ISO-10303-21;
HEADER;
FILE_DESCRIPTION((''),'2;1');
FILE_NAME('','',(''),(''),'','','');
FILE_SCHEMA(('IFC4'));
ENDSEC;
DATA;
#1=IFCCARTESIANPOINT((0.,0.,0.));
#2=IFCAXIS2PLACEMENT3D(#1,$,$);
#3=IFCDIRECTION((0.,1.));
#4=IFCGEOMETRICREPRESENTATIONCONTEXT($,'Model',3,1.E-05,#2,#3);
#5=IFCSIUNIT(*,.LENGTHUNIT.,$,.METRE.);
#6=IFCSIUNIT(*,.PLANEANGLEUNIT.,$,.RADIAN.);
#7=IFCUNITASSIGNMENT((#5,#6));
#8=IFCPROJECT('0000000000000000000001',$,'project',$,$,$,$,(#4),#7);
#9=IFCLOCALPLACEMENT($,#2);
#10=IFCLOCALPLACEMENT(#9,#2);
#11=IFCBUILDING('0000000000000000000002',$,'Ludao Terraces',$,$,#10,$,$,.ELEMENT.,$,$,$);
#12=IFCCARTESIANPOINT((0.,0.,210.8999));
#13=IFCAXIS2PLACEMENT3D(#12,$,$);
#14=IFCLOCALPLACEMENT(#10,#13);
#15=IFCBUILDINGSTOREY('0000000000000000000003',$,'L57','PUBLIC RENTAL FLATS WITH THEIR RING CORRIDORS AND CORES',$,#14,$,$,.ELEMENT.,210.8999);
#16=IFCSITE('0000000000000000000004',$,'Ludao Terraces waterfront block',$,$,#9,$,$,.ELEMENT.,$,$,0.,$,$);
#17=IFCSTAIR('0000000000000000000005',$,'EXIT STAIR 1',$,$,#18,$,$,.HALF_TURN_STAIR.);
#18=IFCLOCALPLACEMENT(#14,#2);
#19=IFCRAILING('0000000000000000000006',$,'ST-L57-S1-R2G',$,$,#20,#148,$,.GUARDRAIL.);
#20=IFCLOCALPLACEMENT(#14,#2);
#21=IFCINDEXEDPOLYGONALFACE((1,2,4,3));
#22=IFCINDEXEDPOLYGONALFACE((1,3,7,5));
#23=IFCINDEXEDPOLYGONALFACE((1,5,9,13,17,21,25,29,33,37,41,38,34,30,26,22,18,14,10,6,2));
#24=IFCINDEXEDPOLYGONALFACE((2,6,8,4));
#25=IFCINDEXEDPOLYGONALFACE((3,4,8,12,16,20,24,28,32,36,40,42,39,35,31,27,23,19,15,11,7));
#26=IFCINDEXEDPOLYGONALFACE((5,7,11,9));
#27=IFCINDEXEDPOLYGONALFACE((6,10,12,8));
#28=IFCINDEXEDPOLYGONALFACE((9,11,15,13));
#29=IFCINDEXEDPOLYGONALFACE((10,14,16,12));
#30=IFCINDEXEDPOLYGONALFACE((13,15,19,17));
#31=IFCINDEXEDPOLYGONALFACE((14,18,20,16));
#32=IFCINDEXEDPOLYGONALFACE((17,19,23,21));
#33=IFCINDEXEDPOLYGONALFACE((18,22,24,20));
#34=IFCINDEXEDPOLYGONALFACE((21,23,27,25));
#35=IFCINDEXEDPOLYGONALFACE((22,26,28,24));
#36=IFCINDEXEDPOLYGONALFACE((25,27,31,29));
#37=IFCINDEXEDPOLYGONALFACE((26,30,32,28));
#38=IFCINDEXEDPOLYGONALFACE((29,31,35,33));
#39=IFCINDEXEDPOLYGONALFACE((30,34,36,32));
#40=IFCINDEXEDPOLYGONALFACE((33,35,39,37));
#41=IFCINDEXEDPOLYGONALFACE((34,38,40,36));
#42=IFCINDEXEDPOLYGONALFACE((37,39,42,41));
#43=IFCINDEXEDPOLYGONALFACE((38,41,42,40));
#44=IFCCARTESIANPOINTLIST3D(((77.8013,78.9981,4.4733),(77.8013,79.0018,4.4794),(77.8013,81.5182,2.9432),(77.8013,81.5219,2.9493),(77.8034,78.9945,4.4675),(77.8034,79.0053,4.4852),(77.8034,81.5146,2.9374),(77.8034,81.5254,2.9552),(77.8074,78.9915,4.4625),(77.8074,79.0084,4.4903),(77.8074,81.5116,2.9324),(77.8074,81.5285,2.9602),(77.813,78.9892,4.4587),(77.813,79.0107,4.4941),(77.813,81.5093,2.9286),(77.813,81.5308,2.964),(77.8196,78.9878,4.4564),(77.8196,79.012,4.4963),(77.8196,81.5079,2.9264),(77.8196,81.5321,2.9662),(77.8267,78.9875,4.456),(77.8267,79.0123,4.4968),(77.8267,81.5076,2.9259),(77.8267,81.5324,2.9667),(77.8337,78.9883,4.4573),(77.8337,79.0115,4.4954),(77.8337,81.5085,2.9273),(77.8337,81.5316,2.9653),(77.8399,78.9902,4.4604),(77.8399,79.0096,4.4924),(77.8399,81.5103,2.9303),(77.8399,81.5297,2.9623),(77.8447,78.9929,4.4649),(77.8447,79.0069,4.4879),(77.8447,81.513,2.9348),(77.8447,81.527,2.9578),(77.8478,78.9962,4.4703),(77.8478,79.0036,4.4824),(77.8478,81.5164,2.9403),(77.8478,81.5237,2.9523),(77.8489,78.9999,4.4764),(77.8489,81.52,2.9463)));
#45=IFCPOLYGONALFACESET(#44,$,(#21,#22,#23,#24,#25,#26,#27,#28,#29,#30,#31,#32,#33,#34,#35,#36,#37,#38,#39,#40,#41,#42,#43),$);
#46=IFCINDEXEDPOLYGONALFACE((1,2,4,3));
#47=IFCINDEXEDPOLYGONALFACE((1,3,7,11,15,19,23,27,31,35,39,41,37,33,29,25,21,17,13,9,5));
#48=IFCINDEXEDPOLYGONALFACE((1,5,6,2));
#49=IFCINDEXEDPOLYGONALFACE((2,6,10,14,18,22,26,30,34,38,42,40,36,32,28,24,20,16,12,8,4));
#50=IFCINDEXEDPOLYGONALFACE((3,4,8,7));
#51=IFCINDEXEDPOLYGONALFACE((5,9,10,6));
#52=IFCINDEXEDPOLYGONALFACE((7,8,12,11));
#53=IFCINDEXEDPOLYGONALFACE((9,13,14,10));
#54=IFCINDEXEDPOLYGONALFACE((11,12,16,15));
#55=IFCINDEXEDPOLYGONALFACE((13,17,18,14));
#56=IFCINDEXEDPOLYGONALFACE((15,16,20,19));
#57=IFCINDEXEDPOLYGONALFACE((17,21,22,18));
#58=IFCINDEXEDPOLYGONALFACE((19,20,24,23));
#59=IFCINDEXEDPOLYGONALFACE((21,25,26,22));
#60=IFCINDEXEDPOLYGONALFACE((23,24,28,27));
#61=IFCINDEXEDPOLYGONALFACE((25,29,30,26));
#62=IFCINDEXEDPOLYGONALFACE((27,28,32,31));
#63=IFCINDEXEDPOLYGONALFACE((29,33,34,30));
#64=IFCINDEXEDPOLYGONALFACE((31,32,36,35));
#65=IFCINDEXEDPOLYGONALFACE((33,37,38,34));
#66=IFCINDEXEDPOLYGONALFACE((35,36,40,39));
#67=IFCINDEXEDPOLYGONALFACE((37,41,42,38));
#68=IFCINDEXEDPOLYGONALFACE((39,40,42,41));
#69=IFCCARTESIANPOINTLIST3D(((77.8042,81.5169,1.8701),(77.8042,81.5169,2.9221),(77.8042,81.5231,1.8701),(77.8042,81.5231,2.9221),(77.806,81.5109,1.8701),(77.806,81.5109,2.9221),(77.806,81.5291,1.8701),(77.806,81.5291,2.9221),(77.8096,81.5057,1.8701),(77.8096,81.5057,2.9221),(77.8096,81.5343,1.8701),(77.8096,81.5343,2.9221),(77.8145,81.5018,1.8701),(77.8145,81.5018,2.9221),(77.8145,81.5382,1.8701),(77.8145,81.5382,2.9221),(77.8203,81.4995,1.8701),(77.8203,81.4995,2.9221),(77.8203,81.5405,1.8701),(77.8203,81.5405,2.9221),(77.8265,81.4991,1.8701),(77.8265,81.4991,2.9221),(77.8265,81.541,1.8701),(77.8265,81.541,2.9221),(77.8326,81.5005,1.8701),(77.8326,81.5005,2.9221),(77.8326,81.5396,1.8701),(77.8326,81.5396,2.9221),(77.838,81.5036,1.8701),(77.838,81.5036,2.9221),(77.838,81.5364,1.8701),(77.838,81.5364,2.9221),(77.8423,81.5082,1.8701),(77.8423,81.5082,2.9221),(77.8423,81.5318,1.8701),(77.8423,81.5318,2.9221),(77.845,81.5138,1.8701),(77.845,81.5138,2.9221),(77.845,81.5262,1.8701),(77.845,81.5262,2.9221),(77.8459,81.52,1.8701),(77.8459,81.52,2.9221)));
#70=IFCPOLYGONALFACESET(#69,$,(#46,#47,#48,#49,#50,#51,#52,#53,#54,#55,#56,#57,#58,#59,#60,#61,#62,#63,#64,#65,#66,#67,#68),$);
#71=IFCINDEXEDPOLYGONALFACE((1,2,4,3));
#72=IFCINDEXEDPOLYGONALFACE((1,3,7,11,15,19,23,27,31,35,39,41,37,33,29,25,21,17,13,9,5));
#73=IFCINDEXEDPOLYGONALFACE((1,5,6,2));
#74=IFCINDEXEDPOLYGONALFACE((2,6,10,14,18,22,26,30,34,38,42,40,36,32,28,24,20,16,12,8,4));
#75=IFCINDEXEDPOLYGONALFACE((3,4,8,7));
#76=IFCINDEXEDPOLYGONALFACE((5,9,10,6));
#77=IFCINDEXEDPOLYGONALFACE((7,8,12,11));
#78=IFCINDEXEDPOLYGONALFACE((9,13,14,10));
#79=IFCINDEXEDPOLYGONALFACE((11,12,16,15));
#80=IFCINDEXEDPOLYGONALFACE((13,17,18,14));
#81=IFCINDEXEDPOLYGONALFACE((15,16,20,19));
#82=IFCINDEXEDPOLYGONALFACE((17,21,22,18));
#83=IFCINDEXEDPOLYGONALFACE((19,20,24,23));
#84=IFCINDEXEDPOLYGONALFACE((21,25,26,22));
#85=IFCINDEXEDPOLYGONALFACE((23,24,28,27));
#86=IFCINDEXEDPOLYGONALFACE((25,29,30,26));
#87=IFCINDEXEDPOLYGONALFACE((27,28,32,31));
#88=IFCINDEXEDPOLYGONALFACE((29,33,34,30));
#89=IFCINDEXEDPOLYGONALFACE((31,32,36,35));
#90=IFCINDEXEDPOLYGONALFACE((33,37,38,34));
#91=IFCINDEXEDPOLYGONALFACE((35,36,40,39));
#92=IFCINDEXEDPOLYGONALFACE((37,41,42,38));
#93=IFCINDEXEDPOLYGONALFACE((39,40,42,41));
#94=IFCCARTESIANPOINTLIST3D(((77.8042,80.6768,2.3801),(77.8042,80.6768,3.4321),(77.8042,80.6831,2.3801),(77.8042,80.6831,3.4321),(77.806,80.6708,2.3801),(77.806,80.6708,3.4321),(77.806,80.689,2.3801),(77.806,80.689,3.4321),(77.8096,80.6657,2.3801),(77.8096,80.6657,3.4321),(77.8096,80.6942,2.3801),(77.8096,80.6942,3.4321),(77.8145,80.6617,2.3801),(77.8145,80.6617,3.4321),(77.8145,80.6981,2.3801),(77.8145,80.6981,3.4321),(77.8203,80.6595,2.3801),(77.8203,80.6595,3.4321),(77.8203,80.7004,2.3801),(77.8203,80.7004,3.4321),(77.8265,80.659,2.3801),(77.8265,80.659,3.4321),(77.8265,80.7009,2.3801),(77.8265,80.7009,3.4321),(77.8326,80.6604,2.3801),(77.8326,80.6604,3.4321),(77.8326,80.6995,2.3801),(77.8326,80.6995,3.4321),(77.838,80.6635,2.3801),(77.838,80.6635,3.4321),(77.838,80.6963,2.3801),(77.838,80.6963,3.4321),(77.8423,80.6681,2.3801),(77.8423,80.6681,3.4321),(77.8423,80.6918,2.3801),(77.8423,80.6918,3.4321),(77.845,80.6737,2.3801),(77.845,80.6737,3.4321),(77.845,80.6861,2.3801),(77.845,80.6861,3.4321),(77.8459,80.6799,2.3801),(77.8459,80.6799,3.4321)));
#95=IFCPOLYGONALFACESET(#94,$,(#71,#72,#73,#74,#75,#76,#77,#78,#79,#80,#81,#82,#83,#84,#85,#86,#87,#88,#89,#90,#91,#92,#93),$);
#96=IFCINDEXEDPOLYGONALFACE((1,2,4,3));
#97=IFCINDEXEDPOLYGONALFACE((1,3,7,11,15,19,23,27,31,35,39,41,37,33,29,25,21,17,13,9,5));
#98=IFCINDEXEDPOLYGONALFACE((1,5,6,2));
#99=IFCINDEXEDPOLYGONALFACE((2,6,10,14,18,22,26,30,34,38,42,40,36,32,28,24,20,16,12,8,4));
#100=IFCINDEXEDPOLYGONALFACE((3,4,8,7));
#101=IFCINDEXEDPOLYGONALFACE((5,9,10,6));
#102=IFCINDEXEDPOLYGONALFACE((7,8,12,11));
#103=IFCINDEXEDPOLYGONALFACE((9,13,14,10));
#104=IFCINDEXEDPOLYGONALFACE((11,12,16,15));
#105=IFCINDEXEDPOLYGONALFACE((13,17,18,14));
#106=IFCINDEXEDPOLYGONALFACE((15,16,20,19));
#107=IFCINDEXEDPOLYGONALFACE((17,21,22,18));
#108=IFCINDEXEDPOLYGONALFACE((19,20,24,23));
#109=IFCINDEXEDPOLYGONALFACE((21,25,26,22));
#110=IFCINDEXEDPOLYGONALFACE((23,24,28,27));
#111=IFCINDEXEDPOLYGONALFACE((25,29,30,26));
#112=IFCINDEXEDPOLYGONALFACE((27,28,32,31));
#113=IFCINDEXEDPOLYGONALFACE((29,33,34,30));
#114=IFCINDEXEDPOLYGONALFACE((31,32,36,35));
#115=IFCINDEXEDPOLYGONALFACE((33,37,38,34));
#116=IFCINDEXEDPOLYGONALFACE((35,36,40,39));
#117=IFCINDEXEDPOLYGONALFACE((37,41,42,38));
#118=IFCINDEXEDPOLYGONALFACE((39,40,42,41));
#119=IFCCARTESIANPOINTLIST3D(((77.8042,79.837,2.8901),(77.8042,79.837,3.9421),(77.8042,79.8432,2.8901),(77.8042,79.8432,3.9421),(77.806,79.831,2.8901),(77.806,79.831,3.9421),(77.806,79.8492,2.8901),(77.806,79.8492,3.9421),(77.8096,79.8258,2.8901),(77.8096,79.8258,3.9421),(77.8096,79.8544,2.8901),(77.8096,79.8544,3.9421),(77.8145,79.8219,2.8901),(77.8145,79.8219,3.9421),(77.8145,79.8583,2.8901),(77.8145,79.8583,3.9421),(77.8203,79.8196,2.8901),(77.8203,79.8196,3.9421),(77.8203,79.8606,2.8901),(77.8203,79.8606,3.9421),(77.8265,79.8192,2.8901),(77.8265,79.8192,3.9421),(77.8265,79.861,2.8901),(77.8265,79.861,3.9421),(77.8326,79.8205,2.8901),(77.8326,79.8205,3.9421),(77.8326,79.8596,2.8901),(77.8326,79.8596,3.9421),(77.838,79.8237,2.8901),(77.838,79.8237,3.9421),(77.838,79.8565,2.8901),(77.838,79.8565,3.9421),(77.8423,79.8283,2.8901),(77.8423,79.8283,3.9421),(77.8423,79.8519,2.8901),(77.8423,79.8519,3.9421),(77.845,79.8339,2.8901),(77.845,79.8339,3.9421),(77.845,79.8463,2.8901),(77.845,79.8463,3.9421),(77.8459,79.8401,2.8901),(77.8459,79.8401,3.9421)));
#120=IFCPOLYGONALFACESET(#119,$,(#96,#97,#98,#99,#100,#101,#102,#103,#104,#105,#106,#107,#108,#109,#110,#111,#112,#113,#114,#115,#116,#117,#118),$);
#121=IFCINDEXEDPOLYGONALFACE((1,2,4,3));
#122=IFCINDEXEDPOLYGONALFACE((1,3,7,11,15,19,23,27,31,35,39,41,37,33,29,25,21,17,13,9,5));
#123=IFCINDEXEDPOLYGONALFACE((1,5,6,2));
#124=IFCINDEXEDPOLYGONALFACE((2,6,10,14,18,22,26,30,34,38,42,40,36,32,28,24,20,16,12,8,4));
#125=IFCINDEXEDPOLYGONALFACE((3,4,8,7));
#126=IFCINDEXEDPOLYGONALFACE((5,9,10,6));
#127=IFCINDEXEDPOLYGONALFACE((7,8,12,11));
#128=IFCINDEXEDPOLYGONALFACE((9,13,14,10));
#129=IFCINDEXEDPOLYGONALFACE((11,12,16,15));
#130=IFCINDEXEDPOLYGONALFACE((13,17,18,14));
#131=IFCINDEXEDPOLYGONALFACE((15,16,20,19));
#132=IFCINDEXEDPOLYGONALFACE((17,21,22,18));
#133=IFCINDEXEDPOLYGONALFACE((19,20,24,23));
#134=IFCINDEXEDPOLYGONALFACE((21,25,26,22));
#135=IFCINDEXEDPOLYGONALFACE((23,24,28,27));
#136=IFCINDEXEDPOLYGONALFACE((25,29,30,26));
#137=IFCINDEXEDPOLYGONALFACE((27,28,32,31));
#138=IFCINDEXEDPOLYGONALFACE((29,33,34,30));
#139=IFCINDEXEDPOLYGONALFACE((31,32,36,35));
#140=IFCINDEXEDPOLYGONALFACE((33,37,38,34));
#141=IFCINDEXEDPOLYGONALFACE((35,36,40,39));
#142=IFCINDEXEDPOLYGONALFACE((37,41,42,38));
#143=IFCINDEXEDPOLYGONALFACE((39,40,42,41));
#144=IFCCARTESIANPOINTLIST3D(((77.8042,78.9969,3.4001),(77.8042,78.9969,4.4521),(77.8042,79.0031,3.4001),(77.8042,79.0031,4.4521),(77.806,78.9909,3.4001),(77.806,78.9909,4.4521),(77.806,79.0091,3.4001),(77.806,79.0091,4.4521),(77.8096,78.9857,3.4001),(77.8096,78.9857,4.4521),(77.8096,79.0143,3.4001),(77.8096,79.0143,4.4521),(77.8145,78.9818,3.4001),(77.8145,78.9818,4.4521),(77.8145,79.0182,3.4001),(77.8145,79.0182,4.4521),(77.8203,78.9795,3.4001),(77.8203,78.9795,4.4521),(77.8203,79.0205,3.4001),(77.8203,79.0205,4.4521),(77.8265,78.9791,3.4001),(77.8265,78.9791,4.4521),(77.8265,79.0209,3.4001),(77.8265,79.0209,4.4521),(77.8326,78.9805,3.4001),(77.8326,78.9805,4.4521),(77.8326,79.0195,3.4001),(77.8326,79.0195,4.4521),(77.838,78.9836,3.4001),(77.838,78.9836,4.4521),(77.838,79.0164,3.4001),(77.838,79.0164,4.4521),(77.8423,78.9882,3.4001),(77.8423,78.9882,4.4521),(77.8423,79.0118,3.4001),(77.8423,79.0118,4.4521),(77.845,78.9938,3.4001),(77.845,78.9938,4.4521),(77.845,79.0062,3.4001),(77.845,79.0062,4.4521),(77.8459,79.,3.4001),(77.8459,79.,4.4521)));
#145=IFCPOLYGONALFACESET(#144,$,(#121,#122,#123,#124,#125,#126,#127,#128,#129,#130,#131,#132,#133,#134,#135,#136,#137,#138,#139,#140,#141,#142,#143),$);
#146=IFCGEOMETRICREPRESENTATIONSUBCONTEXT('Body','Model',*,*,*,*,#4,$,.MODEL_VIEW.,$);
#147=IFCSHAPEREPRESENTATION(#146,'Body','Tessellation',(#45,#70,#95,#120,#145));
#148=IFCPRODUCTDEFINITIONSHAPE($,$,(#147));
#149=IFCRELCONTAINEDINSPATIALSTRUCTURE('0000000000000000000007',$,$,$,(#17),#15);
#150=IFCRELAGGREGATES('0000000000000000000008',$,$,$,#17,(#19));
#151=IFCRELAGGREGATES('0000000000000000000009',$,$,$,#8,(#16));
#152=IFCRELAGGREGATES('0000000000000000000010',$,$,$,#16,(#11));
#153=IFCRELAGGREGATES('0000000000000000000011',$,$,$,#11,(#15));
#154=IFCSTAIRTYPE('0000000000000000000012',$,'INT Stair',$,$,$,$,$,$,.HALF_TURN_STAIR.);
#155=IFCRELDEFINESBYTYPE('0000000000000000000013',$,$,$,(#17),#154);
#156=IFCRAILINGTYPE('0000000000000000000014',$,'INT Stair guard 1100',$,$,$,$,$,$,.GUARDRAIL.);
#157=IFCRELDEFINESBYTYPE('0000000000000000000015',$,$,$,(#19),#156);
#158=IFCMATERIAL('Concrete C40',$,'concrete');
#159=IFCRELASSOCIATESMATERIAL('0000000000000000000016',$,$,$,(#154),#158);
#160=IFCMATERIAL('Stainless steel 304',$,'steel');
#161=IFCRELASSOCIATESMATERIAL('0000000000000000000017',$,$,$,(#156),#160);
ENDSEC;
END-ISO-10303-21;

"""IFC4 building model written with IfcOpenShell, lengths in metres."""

from ifc_helpers import new_model, si_unit, direction, frame, origin, origin_2d, place, context, subcontext, project, spatial, circle, extrude, material, type_object, element, aggregate, save


model = new_model("IFC4")

# Units and contexts
model_context = context("Model", 3, precision=1e-05, world=origin(), true_north=direction((0.0, 1.0)))
body_context = subcontext(model_context, "Body", "Model", "MODEL_VIEW")
ifc_project = project(units=[si_unit("LENGTHUNIT", "METRE"), si_unit("PLANEANGLEUNIT", "RADIAN")], contexts=[model_context])

# Site, building, storey
site_placement = place(None, origin())
site = spatial("IfcSite", under=ifc_project, at=site_placement, Name="Ludao Terraces waterfront block", CompositionType="ELEMENT", RefElevation=0.0)
building_placement = place(site_placement, origin())
building = spatial("IfcBuilding", under=site, at=building_placement, Name="Ludao Terraces", CompositionType="ELEMENT")
storey_placement = place(building_placement, frame((0.0, 0.0, 210.8999)))
storey = spatial("IfcBuildingStorey", under=building, at=storey_placement, Name="L57", Description="PUBLIC RENTAL FLATS WITH THEIR RING CORRIDORS AND CORES", CompositionType="ELEMENT", Elevation=210.8999)

# Shared definitions
ifc_material_1 = material(Name="Concrete C40", Category="concrete")

# Stair, railing
stair_type = type_object("IfcStairType", Name="INT Stair", PredefinedType="HALF_TURN_STAIR", material=ifc_material_1)
stair_placement = place(storey_placement, origin())
stair = element("IfcStair", 1, at=stair_placement, inside=storey, type_object=stair_type, Name="EXIT STAIR 1", PredefinedType="HALF_TURN_STAIR")
ifc_material_2 = material(Name="Stainless steel 304", Category="steel")
railing_type_1 = type_object("IfcRailingType", Name="INT Stair guard 1100", PredefinedType="GUARDRAIL", material=ifc_material_2)
railing_1_placement = place(storey_placement, frame((77.825, 81.52, 1.8701)))
railing_1 = element("IfcRailing", 2, at=railing_1_placement, type_object=railing_type_1, Name="ST-L57-S1-R2G", PredefinedType="GUARDRAIL", context=body_context, shape_type="SweptSolid", body=[
    extrude(circle(Radius=0.0239, at=origin_2d()), frame((0.0, 0.0, 1.0762), z_axis=(0.0, -0.854785, 0.518982), x_axis=(1.0, 0.0, 0.0)), (0.0, 0.0, 1.0), 2.9482),
    extrude(circle(Radius=0.021, at=origin_2d()), origin(), (0.0, 0.0, 1.0), 1.052),
    extrude(circle(Radius=0.021, at=origin_2d()), frame((0.0, -0.8401, 0.51)), (0.0, 0.0, 1.0), 1.052),
    extrude(circle(Radius=0.021, at=origin_2d()), frame((0.0, -1.6799, 1.02)), (0.0, 0.0, 1.0), 1.052),
    extrude(circle(Radius=0.021, at=origin_2d()), frame((0.0, -2.52, 1.53)), (0.0, 0.0, 1.0), 1.052),
])
aggregate(stair, [railing_1])

save(model, "model.ifc")
